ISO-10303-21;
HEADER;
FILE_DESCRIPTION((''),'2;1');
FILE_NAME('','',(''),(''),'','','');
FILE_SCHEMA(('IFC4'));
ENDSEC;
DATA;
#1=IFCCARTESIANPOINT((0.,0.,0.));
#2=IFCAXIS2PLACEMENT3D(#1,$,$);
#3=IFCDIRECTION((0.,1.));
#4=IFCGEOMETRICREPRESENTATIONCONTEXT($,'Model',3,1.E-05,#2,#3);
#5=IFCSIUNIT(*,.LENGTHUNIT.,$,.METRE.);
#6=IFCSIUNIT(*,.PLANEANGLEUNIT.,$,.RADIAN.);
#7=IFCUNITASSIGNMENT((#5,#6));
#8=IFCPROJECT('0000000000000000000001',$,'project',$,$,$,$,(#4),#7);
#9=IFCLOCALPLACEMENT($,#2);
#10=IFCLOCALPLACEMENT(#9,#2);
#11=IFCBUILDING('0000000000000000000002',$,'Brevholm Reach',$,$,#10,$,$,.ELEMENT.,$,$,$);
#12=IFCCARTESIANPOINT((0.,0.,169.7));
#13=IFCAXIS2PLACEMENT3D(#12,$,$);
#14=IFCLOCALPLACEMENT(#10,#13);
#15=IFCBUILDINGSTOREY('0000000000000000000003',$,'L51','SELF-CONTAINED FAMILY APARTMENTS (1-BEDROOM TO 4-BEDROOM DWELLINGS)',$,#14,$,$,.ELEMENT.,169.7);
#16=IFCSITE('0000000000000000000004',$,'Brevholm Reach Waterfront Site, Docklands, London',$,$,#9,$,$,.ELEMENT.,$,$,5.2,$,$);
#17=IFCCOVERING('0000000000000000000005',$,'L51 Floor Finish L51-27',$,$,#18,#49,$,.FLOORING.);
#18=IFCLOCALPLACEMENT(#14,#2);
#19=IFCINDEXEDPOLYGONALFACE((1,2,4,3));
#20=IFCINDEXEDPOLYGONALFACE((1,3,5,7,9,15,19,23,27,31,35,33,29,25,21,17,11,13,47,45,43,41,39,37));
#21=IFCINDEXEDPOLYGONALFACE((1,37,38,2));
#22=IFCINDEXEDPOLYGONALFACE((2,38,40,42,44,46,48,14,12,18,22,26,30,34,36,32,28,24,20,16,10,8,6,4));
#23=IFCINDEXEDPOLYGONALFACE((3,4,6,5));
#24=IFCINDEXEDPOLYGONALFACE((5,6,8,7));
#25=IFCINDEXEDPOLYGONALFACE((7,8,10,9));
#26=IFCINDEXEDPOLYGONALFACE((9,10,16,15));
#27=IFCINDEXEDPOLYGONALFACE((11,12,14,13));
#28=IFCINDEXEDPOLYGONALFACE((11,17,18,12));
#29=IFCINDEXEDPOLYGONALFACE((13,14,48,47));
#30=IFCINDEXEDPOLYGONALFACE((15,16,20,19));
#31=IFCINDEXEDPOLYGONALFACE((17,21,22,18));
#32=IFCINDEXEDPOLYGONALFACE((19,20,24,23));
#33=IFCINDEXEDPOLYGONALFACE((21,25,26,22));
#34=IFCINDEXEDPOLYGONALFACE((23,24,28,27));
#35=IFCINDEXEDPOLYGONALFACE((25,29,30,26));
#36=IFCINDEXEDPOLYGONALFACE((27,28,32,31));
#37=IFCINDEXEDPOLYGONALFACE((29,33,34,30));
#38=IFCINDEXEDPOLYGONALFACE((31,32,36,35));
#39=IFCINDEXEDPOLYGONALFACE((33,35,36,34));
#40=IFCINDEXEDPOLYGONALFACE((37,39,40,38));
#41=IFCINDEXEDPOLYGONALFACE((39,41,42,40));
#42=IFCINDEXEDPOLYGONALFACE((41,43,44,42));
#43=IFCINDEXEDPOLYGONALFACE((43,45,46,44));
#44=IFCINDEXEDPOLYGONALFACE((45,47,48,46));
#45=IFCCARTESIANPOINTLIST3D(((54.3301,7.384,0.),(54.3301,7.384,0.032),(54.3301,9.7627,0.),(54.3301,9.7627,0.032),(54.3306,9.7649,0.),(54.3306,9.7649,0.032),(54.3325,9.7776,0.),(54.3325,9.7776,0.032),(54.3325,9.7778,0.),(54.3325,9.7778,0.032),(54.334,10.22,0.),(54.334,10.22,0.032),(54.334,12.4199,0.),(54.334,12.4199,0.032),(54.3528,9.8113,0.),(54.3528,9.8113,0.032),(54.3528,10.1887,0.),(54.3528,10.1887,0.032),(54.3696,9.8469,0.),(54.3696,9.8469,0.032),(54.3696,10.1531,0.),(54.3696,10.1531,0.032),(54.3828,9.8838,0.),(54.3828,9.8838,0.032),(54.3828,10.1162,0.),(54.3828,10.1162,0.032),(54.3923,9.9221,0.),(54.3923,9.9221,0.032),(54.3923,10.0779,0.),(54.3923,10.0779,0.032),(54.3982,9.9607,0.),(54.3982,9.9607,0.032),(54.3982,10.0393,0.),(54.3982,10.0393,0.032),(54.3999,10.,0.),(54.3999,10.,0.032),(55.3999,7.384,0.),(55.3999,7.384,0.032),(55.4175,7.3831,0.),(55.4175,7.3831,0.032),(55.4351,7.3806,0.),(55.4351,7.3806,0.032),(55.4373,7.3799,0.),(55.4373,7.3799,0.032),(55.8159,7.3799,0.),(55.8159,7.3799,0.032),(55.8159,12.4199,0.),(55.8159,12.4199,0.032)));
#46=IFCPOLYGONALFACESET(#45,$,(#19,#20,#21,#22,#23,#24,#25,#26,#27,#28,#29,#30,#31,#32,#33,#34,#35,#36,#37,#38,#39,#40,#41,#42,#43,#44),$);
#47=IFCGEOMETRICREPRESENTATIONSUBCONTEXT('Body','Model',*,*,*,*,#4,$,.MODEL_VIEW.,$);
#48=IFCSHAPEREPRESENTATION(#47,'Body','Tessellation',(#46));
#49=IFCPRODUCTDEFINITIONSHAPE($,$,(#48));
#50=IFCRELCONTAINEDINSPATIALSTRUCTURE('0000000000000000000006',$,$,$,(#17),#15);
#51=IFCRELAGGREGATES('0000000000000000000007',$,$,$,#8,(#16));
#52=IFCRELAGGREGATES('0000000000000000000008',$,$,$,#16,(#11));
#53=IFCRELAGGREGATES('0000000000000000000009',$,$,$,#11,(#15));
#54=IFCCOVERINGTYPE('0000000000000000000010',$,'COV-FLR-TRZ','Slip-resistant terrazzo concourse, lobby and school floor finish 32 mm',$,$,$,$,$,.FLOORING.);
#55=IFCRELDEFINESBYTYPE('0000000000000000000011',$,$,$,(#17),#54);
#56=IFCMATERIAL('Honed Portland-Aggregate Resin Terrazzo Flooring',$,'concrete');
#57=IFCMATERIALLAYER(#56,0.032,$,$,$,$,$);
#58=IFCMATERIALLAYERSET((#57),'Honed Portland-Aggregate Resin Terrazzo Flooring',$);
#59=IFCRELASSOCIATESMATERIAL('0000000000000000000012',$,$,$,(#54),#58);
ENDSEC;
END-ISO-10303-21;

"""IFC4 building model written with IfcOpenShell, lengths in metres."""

from ifc_helpers import new_model, si_unit, direction, frame, origin, place, context, subcontext, project, spatial, polyline, outline, extrude, material, layer, layer_set, type_object, element, save


model = new_model("IFC4")

# Units and contexts
model_context = context("Model", 3, precision=1e-05, world=origin(), true_north=direction((0.0, 1.0)))
body_context = subcontext(model_context, "Body", "Model", "MODEL_VIEW")
ifc_project = project(units=[si_unit("LENGTHUNIT", "METRE"), si_unit("PLANEANGLEUNIT", "RADIAN")], contexts=[model_context])

# Site, building, storey
site_placement = place(None, origin())
site = spatial("IfcSite", under=ifc_project, at=site_placement, Name="Brevholm Reach Waterfront Site, Docklands, London", CompositionType="ELEMENT", RefElevation=5.2)
building_placement = place(site_placement, origin())
building = spatial("IfcBuilding", under=site, at=building_placement, Name="Brevholm Reach", CompositionType="ELEMENT")
storey_placement = place(building_placement, frame((0.0, 0.0, 169.7)))
storey = spatial("IfcBuildingStorey", under=building, at=storey_placement, Name="L51", Description="SELF-CONTAINED FAMILY APARTMENTS (1-BEDROOM TO 4-BEDROOM DWELLINGS)", CompositionType="ELEMENT", Elevation=169.7)

# Covering
ifc_material_1 = material(Name="Honed Portland-Aggregate Resin Terrazzo Flooring", Category="concrete")
ifc_layer_1 = layer(ifc_material_1, 0.032)
ifc_layer_set_1 = layer_set([ifc_layer_1], Name="Honed Portland-Aggregate Resin Terrazzo Flooring")
covering_type_1 = type_object("IfcCoveringType", Name="COV-FLR-TRZ", Description="Slip-resistant terrazzo concourse, lobby and school floor finish 32 mm", PredefinedType="FLOORING", material=ifc_layer_set_1)
covering_1_placement = place(storey_placement, origin())
element("IfcCovering", 1, at=covering_1_placement, inside=storey, type_object=covering_type_1, Name="L51 Floor Finish L51-27", PredefinedType="FLOORING", context=body_context, shape_type="SweptSolid", body=[
    extrude(outline(polyline([(54.3301, 9.7627), (54.3306, 9.7649), (54.3325, 9.7776), (54.3325, 9.7778), (54.3528, 9.8113), (54.3696, 9.8469), (54.3828, 9.8838), (54.3923, 9.9221), (54.3982, 9.9607), (54.3999, 10.0), (54.3982, 10.0393), (54.3923, 10.0779), (54.3828, 10.1162), (54.3696, 10.1531), (54.3528, 10.1887), (54.334, 10.22), (54.334, 12.4199), (55.8159, 12.4199), (55.8159, 7.3799), (55.4373, 7.3799), (55.4351, 7.3806), (55.4175, 7.3831), (55.3999, 7.384), (54.3301, 7.384), (54.3301, 9.7627)])), origin(), (0.0, 0.0, 1.0), 0.032),
])

save(model, "model.ifc")
